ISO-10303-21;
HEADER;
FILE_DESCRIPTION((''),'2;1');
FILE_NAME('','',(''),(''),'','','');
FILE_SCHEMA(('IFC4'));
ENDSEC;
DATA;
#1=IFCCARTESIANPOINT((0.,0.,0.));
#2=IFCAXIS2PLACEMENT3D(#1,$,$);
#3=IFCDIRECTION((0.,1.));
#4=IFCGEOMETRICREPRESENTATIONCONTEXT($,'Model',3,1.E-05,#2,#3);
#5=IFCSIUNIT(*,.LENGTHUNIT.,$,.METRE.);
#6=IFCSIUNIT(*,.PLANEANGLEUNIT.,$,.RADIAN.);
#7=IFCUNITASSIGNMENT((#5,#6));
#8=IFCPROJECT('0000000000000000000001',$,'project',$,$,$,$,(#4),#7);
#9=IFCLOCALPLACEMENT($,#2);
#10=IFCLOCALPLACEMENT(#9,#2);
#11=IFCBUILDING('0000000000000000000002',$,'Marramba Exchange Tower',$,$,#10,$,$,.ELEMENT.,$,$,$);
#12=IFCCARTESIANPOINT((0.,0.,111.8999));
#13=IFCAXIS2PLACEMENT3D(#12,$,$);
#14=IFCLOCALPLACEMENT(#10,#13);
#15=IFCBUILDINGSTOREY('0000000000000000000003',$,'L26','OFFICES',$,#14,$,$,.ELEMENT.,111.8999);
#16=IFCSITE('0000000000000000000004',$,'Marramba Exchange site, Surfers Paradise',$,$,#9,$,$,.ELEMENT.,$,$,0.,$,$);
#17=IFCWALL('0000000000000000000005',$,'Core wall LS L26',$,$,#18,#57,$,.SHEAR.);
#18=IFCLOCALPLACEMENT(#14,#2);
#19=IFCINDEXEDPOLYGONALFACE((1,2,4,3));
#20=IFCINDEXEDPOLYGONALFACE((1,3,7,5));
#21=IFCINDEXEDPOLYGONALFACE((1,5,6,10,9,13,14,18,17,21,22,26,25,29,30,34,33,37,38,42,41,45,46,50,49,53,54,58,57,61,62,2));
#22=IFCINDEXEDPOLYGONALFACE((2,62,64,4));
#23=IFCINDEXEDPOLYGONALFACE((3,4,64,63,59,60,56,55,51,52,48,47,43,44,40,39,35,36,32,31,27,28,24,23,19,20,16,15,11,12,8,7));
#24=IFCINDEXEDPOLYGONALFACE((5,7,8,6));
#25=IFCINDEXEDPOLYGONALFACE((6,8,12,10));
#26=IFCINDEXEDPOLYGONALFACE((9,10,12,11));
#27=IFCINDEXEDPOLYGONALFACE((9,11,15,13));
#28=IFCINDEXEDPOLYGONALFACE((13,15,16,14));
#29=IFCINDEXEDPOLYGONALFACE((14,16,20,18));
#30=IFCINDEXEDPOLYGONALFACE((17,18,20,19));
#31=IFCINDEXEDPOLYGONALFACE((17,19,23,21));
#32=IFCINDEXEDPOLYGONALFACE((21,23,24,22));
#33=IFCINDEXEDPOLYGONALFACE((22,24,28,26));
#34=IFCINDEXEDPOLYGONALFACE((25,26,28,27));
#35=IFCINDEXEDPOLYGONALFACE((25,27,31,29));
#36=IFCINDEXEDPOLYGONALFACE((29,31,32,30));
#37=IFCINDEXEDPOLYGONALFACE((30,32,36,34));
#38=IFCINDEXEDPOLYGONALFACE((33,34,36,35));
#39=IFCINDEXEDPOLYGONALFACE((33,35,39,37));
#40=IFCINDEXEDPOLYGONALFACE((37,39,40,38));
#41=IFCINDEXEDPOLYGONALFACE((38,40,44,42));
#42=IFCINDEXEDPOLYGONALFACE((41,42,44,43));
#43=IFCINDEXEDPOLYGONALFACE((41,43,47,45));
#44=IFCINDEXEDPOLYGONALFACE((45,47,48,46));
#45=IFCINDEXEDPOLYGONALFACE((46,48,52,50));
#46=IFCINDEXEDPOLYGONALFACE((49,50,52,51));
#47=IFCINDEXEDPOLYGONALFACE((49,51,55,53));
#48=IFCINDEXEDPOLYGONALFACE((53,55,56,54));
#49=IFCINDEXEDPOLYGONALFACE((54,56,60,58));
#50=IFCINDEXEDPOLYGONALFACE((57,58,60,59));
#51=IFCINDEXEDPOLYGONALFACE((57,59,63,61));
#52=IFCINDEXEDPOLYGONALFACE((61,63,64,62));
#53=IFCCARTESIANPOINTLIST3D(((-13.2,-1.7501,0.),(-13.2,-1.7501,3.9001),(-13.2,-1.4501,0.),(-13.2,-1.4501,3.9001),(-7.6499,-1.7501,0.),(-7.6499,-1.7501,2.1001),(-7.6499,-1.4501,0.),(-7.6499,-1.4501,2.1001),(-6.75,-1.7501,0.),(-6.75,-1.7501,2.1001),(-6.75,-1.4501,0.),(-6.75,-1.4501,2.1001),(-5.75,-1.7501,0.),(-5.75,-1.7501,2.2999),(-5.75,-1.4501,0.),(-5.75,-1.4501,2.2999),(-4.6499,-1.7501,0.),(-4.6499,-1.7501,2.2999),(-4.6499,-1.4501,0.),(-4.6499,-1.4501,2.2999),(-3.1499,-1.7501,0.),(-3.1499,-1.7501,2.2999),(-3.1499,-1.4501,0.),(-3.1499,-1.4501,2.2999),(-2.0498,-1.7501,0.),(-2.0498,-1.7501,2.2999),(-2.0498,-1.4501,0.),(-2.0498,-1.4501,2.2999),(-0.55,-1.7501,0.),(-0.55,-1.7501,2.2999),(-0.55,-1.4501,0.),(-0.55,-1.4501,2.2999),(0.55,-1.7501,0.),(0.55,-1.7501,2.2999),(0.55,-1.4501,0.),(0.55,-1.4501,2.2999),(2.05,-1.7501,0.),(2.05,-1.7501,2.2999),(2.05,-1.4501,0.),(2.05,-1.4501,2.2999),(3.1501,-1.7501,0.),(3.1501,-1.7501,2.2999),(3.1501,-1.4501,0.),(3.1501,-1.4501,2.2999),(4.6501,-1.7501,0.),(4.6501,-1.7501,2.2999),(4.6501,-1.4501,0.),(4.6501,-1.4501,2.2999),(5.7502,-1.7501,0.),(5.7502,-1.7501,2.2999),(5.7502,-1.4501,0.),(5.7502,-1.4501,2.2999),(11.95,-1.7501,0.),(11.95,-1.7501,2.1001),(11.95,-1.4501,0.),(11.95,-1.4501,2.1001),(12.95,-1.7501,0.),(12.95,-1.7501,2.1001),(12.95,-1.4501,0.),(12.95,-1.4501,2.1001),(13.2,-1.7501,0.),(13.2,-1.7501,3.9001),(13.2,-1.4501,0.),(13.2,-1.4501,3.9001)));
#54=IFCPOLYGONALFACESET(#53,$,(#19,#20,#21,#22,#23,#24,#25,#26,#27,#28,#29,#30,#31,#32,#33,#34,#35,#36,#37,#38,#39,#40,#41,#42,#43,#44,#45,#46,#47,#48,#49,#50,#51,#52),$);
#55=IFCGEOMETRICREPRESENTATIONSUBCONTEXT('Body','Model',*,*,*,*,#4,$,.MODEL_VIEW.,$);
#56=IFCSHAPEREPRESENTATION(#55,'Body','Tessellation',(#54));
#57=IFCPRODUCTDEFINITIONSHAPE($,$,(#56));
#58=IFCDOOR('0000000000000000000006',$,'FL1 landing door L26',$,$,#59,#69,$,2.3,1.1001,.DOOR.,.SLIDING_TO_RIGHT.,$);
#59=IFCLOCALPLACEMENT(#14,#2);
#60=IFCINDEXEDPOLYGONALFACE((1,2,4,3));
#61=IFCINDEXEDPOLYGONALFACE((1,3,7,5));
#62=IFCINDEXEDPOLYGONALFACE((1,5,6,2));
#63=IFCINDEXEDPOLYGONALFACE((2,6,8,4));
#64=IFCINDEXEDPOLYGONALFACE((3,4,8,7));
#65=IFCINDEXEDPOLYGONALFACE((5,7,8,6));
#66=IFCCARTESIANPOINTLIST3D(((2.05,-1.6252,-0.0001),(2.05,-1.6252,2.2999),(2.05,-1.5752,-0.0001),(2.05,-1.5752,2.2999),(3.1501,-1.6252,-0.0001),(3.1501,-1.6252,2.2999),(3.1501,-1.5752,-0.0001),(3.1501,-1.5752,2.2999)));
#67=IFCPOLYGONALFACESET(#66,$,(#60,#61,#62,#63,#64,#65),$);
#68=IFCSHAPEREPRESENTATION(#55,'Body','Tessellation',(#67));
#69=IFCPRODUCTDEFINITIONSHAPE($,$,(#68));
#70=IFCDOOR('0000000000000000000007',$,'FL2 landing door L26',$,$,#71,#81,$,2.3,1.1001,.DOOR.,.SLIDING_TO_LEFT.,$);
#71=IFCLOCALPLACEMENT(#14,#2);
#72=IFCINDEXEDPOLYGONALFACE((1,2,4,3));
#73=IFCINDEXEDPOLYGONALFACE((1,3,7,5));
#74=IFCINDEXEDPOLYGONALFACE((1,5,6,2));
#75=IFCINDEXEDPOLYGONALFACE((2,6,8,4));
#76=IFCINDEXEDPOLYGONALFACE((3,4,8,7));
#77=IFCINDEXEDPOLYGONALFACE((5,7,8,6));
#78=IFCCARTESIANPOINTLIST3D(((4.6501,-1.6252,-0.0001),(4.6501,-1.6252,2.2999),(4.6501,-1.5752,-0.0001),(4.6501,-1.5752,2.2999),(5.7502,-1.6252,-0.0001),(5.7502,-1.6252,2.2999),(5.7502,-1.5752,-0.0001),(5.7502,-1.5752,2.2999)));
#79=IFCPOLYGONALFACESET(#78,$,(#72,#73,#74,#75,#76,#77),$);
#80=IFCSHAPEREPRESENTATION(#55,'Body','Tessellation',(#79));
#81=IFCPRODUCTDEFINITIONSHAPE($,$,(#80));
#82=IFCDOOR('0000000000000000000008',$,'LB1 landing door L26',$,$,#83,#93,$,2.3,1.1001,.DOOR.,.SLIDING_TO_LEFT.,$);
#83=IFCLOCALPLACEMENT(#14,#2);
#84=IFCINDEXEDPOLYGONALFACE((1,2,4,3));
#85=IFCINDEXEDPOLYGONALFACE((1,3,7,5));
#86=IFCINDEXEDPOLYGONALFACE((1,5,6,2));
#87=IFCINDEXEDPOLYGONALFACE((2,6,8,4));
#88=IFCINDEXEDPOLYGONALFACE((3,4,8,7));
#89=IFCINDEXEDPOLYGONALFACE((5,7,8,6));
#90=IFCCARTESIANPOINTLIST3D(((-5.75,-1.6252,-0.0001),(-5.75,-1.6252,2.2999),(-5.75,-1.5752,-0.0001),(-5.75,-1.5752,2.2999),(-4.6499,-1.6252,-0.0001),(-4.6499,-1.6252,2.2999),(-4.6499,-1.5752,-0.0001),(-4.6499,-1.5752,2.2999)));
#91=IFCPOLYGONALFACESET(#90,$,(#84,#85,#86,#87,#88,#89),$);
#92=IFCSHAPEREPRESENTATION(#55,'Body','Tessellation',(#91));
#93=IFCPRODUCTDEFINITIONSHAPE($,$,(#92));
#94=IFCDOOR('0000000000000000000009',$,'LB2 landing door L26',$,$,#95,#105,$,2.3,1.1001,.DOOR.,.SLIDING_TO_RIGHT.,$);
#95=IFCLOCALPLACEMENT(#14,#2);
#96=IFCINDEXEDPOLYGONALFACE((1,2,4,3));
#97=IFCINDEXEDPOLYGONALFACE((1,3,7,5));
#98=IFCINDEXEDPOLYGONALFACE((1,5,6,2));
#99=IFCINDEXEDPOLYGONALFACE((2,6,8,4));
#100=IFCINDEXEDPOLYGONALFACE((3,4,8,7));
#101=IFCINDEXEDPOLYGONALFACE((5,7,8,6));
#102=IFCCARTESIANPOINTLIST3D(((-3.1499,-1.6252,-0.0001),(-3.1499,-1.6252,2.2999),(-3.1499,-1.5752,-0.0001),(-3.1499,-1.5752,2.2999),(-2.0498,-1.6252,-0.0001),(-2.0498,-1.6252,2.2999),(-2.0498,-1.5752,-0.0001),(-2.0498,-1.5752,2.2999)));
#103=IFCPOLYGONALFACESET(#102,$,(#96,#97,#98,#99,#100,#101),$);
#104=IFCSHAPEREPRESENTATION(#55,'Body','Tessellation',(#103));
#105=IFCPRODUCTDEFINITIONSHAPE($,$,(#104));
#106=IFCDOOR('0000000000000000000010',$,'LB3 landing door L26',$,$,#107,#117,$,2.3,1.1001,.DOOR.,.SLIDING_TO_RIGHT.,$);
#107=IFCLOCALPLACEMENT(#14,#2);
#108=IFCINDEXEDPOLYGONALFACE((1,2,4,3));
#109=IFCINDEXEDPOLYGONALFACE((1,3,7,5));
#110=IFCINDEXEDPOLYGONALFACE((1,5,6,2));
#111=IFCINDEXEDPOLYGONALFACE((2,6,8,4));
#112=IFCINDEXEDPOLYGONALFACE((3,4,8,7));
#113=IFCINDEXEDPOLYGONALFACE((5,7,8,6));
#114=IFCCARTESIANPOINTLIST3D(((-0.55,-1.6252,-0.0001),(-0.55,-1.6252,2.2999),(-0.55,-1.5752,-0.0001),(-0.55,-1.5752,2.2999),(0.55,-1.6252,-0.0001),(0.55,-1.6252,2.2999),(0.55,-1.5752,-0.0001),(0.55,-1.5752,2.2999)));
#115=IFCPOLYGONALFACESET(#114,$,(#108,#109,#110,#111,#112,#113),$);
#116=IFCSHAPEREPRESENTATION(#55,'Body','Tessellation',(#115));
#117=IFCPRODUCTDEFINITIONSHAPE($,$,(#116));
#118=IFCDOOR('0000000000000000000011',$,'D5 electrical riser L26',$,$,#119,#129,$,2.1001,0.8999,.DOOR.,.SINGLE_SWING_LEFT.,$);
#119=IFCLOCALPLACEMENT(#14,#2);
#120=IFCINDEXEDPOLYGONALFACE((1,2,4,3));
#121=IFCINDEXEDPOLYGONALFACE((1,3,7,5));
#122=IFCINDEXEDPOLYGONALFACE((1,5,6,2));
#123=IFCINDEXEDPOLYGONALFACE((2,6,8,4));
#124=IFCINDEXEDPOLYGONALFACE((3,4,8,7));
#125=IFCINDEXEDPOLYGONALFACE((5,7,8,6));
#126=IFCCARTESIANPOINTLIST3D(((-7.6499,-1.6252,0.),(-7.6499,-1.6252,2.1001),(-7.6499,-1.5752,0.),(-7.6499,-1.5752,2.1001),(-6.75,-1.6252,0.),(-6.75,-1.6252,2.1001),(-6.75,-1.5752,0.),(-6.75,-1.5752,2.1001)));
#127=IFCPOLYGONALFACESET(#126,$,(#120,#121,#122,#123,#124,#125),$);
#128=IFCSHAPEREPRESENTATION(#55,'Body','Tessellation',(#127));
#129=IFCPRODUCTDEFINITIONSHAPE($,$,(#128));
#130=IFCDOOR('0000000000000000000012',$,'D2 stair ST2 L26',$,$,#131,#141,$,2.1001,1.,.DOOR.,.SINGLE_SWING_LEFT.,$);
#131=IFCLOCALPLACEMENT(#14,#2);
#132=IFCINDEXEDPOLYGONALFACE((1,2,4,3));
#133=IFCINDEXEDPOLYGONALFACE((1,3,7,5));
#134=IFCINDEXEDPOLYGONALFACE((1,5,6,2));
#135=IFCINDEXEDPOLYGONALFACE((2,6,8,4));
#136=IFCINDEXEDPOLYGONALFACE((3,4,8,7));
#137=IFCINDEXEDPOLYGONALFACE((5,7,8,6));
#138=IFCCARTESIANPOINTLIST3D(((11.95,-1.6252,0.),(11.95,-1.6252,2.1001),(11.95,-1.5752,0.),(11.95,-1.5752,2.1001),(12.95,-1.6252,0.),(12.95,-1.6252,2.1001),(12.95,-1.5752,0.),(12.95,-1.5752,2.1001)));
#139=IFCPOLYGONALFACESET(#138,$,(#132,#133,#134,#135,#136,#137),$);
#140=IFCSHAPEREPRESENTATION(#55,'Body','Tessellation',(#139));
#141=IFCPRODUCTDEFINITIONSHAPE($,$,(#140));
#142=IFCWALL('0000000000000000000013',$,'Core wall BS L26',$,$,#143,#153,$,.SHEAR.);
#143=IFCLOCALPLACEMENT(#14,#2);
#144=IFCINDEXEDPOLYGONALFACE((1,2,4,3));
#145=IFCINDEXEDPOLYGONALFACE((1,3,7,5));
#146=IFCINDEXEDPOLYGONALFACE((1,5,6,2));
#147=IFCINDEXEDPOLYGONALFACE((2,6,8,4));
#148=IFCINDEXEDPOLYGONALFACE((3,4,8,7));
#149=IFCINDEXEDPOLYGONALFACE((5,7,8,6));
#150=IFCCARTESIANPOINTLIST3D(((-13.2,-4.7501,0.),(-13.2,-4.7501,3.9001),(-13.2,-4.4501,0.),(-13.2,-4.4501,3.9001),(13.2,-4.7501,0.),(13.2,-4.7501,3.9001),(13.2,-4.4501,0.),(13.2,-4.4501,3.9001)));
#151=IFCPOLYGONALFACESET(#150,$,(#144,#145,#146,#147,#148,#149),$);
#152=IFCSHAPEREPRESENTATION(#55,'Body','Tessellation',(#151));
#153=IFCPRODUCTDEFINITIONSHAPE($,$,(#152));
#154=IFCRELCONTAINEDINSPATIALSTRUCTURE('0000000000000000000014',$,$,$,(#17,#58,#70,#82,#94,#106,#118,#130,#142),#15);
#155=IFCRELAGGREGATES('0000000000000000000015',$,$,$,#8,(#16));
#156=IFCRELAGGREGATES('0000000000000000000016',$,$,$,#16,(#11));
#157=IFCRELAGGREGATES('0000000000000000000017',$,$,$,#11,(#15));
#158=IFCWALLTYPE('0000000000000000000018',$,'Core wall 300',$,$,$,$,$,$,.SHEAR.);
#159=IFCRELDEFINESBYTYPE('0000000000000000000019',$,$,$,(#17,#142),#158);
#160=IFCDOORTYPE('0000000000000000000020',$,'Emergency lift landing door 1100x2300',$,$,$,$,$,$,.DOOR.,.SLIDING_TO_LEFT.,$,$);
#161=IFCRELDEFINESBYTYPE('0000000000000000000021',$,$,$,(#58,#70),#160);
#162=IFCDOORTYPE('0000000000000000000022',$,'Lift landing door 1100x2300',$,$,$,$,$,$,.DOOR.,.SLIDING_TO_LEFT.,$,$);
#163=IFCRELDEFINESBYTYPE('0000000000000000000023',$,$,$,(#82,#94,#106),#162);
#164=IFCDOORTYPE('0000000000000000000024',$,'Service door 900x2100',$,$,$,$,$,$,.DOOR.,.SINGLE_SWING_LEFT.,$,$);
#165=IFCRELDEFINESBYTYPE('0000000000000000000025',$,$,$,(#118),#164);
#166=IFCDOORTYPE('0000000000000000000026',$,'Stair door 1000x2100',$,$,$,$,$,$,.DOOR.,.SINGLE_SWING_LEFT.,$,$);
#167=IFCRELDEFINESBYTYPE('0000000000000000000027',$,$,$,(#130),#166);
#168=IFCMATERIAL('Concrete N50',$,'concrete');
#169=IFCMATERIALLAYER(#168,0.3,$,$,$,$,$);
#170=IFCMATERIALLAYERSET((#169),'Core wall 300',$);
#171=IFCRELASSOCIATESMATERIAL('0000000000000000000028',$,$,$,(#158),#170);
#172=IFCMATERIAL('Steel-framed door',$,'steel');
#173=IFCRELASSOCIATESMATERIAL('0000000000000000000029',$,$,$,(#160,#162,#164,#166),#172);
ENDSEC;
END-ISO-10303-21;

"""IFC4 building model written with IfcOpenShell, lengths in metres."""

from ifc_helpers import new_model, si_unit, direction, frame, frame_2d, origin, place, context, subcontext, project, spatial, rectangle, extrude, material, layer, layer_set, type_object, element, fill, save


model = new_model("IFC4")

# Units and contexts
model_context = context("Model", 3, precision=1e-05, world=origin(), true_north=direction((0.0, 1.0)))
body_context = subcontext(model_context, "Body", "Model", "MODEL_VIEW")
ifc_project = project(units=[si_unit("LENGTHUNIT", "METRE"), si_unit("PLANEANGLEUNIT", "RADIAN")], contexts=[model_context])

# Site, building, storey
site_placement = place(None, origin())
site = spatial("IfcSite", under=ifc_project, at=site_placement, Name="Marramba Exchange site, Surfers Paradise", CompositionType="ELEMENT", RefElevation=0.0)
building_placement = place(site_placement, origin())
building = spatial("IfcBuilding", under=site, at=building_placement, Name="Marramba Exchange Tower", CompositionType="ELEMENT")
storey_placement = place(building_placement, frame((0.0, 0.0, 111.8999)))
storey = spatial("IfcBuildingStorey", under=building, at=storey_placement, Name="L26", Description="OFFICES", CompositionType="ELEMENT", Elevation=111.8999)

# Shared definitions
ifc_material_1 = material(Name="Concrete N50", Category="concrete")

# Wall, openings, doors
ifc_layer_1 = layer(ifc_material_1, 0.3)
ifc_layer_set_1 = layer_set([ifc_layer_1], Name="Core wall 300")
wall_type_1 = type_object("IfcWallType", Name="Core wall 300", PredefinedType="SHEAR", material=ifc_layer_set_1)
wall_1_placement = place(storey_placement, frame((-13.2, -1.6001, 0.0), z_axis=(0.0, 0.0, 1.0), x_axis=(1.0, 0.0, 0.0)))
wall_1 = element("IfcWall", 1, at=wall_1_placement, inside=storey, type_object=wall_type_1, Name="Core wall LS L26", PredefinedType="SHEAR", context=body_context, shape_type="SweptSolid", body=[
    extrude(rectangle(XDim=26.3999, YDim=0.3, at=frame_2d((13.2, 0.0))), origin(), (0.0, 0.0, 1.0), 3.9001),
])
opening_1_placement = place(wall_1_placement, frame((25.1499, 0.0, 0.0)))
opening_1 = element("IfcOpeningElement", 2, at=opening_1_placement, cuts=wall_1, PredefinedType="OPENING", context=body_context, shape_type="SweptSolid", body=[
    extrude(rectangle(XDim=1.0, YDim=2.1001, at=frame_2d((0.5, 1.05))), frame((0.0, 0.1599, 0.0), z_axis=(0.0, -1.0, 0.0), x_axis=(1.0, 0.0, 0.0)), (0.0, 0.0, 1.0), 0.3201),
])
opening_2_placement = place(wall_1_placement, frame((7.45, 0.0, 0.0)))
opening_2 = element("IfcOpeningElement", 3, at=opening_2_placement, cuts=wall_1, PredefinedType="OPENING", context=body_context, shape_type="SweptSolid", body=[
    extrude(rectangle(XDim=1.1001, YDim=2.3, at=frame_2d((0.55, 1.1499))), frame((0.0, 0.1599, 0.0), z_axis=(0.0, -1.0, 0.0), x_axis=(1.0, 0.0, 0.0)), (0.0, 0.0, 1.0), 0.3201),
])
opening_3_placement = place(wall_1_placement, frame((10.05, 0.0, 0.0)))
opening_3 = element("IfcOpeningElement", 4, at=opening_3_placement, cuts=wall_1, PredefinedType="OPENING", context=body_context, shape_type="SweptSolid", body=[
    extrude(rectangle(XDim=1.1001, YDim=2.3, at=frame_2d((0.55, 1.1499))), frame((0.0, 0.1599, 0.0), z_axis=(0.0, -1.0, 0.0), x_axis=(1.0, 0.0, 0.0)), (0.0, 0.0, 1.0), 0.3201),
])
opening_4_placement = place(wall_1_placement, frame((12.6499, 0.0, 0.0)))
opening_4 = element("IfcOpeningElement", 5, at=opening_4_placement, cuts=wall_1, PredefinedType="OPENING", context=body_context, shape_type="SweptSolid", body=[
    extrude(rectangle(XDim=1.1001, YDim=2.3, at=frame_2d((0.55, 1.1499))), frame((0.0, 0.1599, 0.0), z_axis=(0.0, -1.0, 0.0), x_axis=(1.0, 0.0, 0.0)), (0.0, 0.0, 1.0), 0.3201),
])
opening_5_placement = place(wall_1_placement, frame((15.25, 0.0, 0.0)))
opening_5 = element("IfcOpeningElement", 6, at=opening_5_placement, cuts=wall_1, PredefinedType="OPENING", context=body_context, shape_type="SweptSolid", body=[
    extrude(rectangle(XDim=1.1001, YDim=2.3, at=frame_2d((0.55, 1.1499))), frame((0.0, 0.1599, 0.0), z_axis=(0.0, -1.0, 0.0), x_axis=(1.0, 0.0, 0.0)), (0.0, 0.0, 1.0), 0.3201),
])
opening_6_placement = place(wall_1_placement, frame((17.8501, 0.0, 0.0)))
opening_6 = element("IfcOpeningElement", 7, at=opening_6_placement, cuts=wall_1, PredefinedType="OPENING", context=body_context, shape_type="SweptSolid", body=[
    extrude(rectangle(XDim=1.1001, YDim=2.3, at=frame_2d((0.55, 1.1499))), frame((0.0, 0.1599, 0.0), z_axis=(0.0, -1.0, 0.0), x_axis=(1.0, 0.0, 0.0)), (0.0, 0.0, 1.0), 0.3201),
])
opening_7_placement = place(wall_1_placement, frame((5.55, 0.0, 0.0)))
opening_7 = element("IfcOpeningElement", 8, at=opening_7_placement, cuts=wall_1, PredefinedType="OPENING", context=body_context, shape_type="SweptSolid", body=[
    extrude(rectangle(XDim=0.8999, YDim=2.1001, at=frame_2d((0.45, 1.05))), frame((0.0, 0.1599, 0.0), z_axis=(0.0, -1.0, 0.0), x_axis=(1.0, 0.0, 0.0)), (0.0, 0.0, 1.0), 0.3201),
])
ifc_material_2 = material(Name="Steel-framed door", Category="steel")
door_type_1 = type_object("IfcDoorType", Name="Emergency lift landing door 1100x2300", OperationType="SLIDING_TO_LEFT", PredefinedType="DOOR", material=ifc_material_2)
door_1_placement = place(opening_5_placement, frame((1.1001, 0.0, 0.0), z_axis=(0.0, 0.0, 1.0), x_axis=(-1.0, 0.0, 0.0)))
door_1 = element("IfcDoor", 9, at=door_1_placement, inside=storey, type_object=door_type_1, Name="FL1 landing door L26", OperationType="SLIDING_TO_RIGHT", OverallHeight=2.3, OverallWidth=1.1001, PredefinedType="DOOR", context=body_context, shape_type="SweptSolid", body=[
    extrude(rectangle(XDim=1.1001, YDim=2.3, at=frame_2d((0.55, 1.1499))), frame((0.0, 0.0251, 0.0), z_axis=(0.0, -1.0, 0.0), x_axis=(1.0, 0.0, 0.0)), (0.0, 0.0, 1.0), 0.05),
])
fill(opening_5, door_1)
door_2_placement = place(opening_6_placement, frame((1.1001, 0.0, 0.0), z_axis=(0.0, 0.0, 1.0), x_axis=(-1.0, 0.0, 0.0)))
door_2 = element("IfcDoor", 10, at=door_2_placement, inside=storey, type_object=door_type_1, Name="FL2 landing door L26", OperationType="SLIDING_TO_LEFT", OverallHeight=2.3, OverallWidth=1.1001, PredefinedType="DOOR", context=body_context, shape_type="SweptSolid", body=[
    extrude(rectangle(XDim=1.1001, YDim=2.3, at=frame_2d((0.55, 1.1499))), frame((0.0, 0.0251, 0.0), z_axis=(0.0, -1.0, 0.0), x_axis=(1.0, 0.0, 0.0)), (0.0, 0.0, 1.0), 0.05),
])
fill(opening_6, door_2)
door_type_2 = type_object("IfcDoorType", Name="Lift landing door 1100x2300", OperationType="SLIDING_TO_LEFT", PredefinedType="DOOR", material=ifc_material_2)
door_3_placement = place(opening_2_placement, frame((1.1001, 0.0, 0.0), z_axis=(0.0, 0.0, 1.0), x_axis=(-1.0, 0.0, 0.0)))
door_3 = element("IfcDoor", 11, at=door_3_placement, inside=storey, type_object=door_type_2, Name="LB1 landing door L26", OperationType="SLIDING_TO_LEFT", OverallHeight=2.3, OverallWidth=1.1001, PredefinedType="DOOR", context=body_context, shape_type="SweptSolid", body=[
    extrude(rectangle(XDim=1.1001, YDim=2.3, at=frame_2d((0.55, 1.1499))), frame((0.0, 0.0251, 0.0), z_axis=(0.0, -1.0, 0.0), x_axis=(1.0, 0.0, 0.0)), (0.0, 0.0, 1.0), 0.05),
])
fill(opening_2, door_3)
door_4_placement = place(opening_3_placement, frame((1.1001, 0.0, 0.0), z_axis=(0.0, 0.0, 1.0), x_axis=(-1.0, 0.0, 0.0)))
door_4 = element("IfcDoor", 12, at=door_4_placement, inside=storey, type_object=door_type_2, Name="LB2 landing door L26", OperationType="SLIDING_TO_RIGHT", OverallHeight=2.3, OverallWidth=1.1001, PredefinedType="DOOR", context=body_context, shape_type="SweptSolid", body=[
    extrude(rectangle(XDim=1.1001, YDim=2.3, at=frame_2d((0.55, 1.1499))), frame((0.0, 0.0251, 0.0), z_axis=(0.0, -1.0, 0.0), x_axis=(1.0, 0.0, 0.0)), (0.0, 0.0, 1.0), 0.05),
])
fill(opening_3, door_4)
door_5_placement = place(opening_4_placement, frame((1.1001, 0.0, 0.0), z_axis=(0.0, 0.0, 1.0), x_axis=(-1.0, 0.0, 0.0)))
door_5 = element("IfcDoor", 13, at=door_5_placement, inside=storey, type_object=door_type_2, Name="LB3 landing door L26", OperationType="SLIDING_TO_RIGHT", OverallHeight=2.3, OverallWidth=1.1001, PredefinedType="DOOR", context=body_context, shape_type="SweptSolid", body=[
    extrude(rectangle(XDim=1.1001, YDim=2.3, at=frame_2d((0.55, 1.1499))), frame((0.0, 0.0251, 0.0), z_axis=(0.0, -1.0, 0.0), x_axis=(1.0, 0.0, 0.0)), (0.0, 0.0, 1.0), 0.05),
])
fill(opening_4, door_5)
door_type_3 = type_object("IfcDoorType", Name="Service door 900x2100", OperationType="SINGLE_SWING_LEFT", PredefinedType="DOOR", material=ifc_material_2)
door_6_placement = place(opening_7_placement, frame((0.8999, 0.0, 0.0), z_axis=(0.0, 0.0, 1.0), x_axis=(-1.0, 0.0, 0.0)))
door_6 = element("IfcDoor", 14, at=door_6_placement, inside=storey, type_object=door_type_3, Name="D5 electrical riser L26", OperationType="SINGLE_SWING_LEFT", OverallHeight=2.1001, OverallWidth=0.8999, PredefinedType="DOOR", context=body_context, shape_type="SweptSolid", body=[
    extrude(rectangle(XDim=0.8999, YDim=2.1001, at=frame_2d((0.45, 1.05))), frame((0.0, 0.0251, 0.0), z_axis=(0.0, -1.0, 0.0), x_axis=(1.0, 0.0, 0.0)), (0.0, 0.0, 1.0), 0.05),
])
fill(opening_7, door_6)
door_type_4 = type_object("IfcDoorType", Name="Stair door 1000x2100", OperationType="SINGLE_SWING_LEFT", PredefinedType="DOOR", material=ifc_material_2)
door_7_placement = place(opening_1_placement, frame((1.0, 0.0, 0.0), z_axis=(0.0, 0.0, 1.0), x_axis=(-1.0, 0.0, 0.0)))
door_7 = element("IfcDoor", 15, at=door_7_placement, inside=storey, type_object=door_type_4, Name="D2 stair ST2 L26", OperationType="SINGLE_SWING_LEFT", OverallHeight=2.1001, OverallWidth=1.0, PredefinedType="DOOR", context=body_context, shape_type="SweptSolid", body=[
    extrude(rectangle(XDim=1.0, YDim=2.1001, at=frame_2d((0.5, 1.05))), frame((0.0, 0.0251, 0.0), z_axis=(0.0, -1.0, 0.0), x_axis=(1.0, 0.0, 0.0)), (0.0, 0.0, 1.0), 0.05),
])
fill(opening_1, door_7)

# Wall
wall_2_placement = place(storey_placement, frame((-13.2, -4.6001, 0.0), z_axis=(0.0, 0.0, 1.0), x_axis=(1.0, 0.0, 0.0)))
element("IfcWall", 16, at=wall_2_placement, inside=storey, type_object=wall_type_1, Name="Core wall BS L26", PredefinedType="SHEAR", context=body_context, shape_type="SweptSolid", body=[
    extrude(rectangle(XDim=26.3999, YDim=0.3, at=frame_2d((13.2, 0.0))), origin(), (0.0, 0.0, 1.0), 3.9001),
])

save(model, "model.ifc")
